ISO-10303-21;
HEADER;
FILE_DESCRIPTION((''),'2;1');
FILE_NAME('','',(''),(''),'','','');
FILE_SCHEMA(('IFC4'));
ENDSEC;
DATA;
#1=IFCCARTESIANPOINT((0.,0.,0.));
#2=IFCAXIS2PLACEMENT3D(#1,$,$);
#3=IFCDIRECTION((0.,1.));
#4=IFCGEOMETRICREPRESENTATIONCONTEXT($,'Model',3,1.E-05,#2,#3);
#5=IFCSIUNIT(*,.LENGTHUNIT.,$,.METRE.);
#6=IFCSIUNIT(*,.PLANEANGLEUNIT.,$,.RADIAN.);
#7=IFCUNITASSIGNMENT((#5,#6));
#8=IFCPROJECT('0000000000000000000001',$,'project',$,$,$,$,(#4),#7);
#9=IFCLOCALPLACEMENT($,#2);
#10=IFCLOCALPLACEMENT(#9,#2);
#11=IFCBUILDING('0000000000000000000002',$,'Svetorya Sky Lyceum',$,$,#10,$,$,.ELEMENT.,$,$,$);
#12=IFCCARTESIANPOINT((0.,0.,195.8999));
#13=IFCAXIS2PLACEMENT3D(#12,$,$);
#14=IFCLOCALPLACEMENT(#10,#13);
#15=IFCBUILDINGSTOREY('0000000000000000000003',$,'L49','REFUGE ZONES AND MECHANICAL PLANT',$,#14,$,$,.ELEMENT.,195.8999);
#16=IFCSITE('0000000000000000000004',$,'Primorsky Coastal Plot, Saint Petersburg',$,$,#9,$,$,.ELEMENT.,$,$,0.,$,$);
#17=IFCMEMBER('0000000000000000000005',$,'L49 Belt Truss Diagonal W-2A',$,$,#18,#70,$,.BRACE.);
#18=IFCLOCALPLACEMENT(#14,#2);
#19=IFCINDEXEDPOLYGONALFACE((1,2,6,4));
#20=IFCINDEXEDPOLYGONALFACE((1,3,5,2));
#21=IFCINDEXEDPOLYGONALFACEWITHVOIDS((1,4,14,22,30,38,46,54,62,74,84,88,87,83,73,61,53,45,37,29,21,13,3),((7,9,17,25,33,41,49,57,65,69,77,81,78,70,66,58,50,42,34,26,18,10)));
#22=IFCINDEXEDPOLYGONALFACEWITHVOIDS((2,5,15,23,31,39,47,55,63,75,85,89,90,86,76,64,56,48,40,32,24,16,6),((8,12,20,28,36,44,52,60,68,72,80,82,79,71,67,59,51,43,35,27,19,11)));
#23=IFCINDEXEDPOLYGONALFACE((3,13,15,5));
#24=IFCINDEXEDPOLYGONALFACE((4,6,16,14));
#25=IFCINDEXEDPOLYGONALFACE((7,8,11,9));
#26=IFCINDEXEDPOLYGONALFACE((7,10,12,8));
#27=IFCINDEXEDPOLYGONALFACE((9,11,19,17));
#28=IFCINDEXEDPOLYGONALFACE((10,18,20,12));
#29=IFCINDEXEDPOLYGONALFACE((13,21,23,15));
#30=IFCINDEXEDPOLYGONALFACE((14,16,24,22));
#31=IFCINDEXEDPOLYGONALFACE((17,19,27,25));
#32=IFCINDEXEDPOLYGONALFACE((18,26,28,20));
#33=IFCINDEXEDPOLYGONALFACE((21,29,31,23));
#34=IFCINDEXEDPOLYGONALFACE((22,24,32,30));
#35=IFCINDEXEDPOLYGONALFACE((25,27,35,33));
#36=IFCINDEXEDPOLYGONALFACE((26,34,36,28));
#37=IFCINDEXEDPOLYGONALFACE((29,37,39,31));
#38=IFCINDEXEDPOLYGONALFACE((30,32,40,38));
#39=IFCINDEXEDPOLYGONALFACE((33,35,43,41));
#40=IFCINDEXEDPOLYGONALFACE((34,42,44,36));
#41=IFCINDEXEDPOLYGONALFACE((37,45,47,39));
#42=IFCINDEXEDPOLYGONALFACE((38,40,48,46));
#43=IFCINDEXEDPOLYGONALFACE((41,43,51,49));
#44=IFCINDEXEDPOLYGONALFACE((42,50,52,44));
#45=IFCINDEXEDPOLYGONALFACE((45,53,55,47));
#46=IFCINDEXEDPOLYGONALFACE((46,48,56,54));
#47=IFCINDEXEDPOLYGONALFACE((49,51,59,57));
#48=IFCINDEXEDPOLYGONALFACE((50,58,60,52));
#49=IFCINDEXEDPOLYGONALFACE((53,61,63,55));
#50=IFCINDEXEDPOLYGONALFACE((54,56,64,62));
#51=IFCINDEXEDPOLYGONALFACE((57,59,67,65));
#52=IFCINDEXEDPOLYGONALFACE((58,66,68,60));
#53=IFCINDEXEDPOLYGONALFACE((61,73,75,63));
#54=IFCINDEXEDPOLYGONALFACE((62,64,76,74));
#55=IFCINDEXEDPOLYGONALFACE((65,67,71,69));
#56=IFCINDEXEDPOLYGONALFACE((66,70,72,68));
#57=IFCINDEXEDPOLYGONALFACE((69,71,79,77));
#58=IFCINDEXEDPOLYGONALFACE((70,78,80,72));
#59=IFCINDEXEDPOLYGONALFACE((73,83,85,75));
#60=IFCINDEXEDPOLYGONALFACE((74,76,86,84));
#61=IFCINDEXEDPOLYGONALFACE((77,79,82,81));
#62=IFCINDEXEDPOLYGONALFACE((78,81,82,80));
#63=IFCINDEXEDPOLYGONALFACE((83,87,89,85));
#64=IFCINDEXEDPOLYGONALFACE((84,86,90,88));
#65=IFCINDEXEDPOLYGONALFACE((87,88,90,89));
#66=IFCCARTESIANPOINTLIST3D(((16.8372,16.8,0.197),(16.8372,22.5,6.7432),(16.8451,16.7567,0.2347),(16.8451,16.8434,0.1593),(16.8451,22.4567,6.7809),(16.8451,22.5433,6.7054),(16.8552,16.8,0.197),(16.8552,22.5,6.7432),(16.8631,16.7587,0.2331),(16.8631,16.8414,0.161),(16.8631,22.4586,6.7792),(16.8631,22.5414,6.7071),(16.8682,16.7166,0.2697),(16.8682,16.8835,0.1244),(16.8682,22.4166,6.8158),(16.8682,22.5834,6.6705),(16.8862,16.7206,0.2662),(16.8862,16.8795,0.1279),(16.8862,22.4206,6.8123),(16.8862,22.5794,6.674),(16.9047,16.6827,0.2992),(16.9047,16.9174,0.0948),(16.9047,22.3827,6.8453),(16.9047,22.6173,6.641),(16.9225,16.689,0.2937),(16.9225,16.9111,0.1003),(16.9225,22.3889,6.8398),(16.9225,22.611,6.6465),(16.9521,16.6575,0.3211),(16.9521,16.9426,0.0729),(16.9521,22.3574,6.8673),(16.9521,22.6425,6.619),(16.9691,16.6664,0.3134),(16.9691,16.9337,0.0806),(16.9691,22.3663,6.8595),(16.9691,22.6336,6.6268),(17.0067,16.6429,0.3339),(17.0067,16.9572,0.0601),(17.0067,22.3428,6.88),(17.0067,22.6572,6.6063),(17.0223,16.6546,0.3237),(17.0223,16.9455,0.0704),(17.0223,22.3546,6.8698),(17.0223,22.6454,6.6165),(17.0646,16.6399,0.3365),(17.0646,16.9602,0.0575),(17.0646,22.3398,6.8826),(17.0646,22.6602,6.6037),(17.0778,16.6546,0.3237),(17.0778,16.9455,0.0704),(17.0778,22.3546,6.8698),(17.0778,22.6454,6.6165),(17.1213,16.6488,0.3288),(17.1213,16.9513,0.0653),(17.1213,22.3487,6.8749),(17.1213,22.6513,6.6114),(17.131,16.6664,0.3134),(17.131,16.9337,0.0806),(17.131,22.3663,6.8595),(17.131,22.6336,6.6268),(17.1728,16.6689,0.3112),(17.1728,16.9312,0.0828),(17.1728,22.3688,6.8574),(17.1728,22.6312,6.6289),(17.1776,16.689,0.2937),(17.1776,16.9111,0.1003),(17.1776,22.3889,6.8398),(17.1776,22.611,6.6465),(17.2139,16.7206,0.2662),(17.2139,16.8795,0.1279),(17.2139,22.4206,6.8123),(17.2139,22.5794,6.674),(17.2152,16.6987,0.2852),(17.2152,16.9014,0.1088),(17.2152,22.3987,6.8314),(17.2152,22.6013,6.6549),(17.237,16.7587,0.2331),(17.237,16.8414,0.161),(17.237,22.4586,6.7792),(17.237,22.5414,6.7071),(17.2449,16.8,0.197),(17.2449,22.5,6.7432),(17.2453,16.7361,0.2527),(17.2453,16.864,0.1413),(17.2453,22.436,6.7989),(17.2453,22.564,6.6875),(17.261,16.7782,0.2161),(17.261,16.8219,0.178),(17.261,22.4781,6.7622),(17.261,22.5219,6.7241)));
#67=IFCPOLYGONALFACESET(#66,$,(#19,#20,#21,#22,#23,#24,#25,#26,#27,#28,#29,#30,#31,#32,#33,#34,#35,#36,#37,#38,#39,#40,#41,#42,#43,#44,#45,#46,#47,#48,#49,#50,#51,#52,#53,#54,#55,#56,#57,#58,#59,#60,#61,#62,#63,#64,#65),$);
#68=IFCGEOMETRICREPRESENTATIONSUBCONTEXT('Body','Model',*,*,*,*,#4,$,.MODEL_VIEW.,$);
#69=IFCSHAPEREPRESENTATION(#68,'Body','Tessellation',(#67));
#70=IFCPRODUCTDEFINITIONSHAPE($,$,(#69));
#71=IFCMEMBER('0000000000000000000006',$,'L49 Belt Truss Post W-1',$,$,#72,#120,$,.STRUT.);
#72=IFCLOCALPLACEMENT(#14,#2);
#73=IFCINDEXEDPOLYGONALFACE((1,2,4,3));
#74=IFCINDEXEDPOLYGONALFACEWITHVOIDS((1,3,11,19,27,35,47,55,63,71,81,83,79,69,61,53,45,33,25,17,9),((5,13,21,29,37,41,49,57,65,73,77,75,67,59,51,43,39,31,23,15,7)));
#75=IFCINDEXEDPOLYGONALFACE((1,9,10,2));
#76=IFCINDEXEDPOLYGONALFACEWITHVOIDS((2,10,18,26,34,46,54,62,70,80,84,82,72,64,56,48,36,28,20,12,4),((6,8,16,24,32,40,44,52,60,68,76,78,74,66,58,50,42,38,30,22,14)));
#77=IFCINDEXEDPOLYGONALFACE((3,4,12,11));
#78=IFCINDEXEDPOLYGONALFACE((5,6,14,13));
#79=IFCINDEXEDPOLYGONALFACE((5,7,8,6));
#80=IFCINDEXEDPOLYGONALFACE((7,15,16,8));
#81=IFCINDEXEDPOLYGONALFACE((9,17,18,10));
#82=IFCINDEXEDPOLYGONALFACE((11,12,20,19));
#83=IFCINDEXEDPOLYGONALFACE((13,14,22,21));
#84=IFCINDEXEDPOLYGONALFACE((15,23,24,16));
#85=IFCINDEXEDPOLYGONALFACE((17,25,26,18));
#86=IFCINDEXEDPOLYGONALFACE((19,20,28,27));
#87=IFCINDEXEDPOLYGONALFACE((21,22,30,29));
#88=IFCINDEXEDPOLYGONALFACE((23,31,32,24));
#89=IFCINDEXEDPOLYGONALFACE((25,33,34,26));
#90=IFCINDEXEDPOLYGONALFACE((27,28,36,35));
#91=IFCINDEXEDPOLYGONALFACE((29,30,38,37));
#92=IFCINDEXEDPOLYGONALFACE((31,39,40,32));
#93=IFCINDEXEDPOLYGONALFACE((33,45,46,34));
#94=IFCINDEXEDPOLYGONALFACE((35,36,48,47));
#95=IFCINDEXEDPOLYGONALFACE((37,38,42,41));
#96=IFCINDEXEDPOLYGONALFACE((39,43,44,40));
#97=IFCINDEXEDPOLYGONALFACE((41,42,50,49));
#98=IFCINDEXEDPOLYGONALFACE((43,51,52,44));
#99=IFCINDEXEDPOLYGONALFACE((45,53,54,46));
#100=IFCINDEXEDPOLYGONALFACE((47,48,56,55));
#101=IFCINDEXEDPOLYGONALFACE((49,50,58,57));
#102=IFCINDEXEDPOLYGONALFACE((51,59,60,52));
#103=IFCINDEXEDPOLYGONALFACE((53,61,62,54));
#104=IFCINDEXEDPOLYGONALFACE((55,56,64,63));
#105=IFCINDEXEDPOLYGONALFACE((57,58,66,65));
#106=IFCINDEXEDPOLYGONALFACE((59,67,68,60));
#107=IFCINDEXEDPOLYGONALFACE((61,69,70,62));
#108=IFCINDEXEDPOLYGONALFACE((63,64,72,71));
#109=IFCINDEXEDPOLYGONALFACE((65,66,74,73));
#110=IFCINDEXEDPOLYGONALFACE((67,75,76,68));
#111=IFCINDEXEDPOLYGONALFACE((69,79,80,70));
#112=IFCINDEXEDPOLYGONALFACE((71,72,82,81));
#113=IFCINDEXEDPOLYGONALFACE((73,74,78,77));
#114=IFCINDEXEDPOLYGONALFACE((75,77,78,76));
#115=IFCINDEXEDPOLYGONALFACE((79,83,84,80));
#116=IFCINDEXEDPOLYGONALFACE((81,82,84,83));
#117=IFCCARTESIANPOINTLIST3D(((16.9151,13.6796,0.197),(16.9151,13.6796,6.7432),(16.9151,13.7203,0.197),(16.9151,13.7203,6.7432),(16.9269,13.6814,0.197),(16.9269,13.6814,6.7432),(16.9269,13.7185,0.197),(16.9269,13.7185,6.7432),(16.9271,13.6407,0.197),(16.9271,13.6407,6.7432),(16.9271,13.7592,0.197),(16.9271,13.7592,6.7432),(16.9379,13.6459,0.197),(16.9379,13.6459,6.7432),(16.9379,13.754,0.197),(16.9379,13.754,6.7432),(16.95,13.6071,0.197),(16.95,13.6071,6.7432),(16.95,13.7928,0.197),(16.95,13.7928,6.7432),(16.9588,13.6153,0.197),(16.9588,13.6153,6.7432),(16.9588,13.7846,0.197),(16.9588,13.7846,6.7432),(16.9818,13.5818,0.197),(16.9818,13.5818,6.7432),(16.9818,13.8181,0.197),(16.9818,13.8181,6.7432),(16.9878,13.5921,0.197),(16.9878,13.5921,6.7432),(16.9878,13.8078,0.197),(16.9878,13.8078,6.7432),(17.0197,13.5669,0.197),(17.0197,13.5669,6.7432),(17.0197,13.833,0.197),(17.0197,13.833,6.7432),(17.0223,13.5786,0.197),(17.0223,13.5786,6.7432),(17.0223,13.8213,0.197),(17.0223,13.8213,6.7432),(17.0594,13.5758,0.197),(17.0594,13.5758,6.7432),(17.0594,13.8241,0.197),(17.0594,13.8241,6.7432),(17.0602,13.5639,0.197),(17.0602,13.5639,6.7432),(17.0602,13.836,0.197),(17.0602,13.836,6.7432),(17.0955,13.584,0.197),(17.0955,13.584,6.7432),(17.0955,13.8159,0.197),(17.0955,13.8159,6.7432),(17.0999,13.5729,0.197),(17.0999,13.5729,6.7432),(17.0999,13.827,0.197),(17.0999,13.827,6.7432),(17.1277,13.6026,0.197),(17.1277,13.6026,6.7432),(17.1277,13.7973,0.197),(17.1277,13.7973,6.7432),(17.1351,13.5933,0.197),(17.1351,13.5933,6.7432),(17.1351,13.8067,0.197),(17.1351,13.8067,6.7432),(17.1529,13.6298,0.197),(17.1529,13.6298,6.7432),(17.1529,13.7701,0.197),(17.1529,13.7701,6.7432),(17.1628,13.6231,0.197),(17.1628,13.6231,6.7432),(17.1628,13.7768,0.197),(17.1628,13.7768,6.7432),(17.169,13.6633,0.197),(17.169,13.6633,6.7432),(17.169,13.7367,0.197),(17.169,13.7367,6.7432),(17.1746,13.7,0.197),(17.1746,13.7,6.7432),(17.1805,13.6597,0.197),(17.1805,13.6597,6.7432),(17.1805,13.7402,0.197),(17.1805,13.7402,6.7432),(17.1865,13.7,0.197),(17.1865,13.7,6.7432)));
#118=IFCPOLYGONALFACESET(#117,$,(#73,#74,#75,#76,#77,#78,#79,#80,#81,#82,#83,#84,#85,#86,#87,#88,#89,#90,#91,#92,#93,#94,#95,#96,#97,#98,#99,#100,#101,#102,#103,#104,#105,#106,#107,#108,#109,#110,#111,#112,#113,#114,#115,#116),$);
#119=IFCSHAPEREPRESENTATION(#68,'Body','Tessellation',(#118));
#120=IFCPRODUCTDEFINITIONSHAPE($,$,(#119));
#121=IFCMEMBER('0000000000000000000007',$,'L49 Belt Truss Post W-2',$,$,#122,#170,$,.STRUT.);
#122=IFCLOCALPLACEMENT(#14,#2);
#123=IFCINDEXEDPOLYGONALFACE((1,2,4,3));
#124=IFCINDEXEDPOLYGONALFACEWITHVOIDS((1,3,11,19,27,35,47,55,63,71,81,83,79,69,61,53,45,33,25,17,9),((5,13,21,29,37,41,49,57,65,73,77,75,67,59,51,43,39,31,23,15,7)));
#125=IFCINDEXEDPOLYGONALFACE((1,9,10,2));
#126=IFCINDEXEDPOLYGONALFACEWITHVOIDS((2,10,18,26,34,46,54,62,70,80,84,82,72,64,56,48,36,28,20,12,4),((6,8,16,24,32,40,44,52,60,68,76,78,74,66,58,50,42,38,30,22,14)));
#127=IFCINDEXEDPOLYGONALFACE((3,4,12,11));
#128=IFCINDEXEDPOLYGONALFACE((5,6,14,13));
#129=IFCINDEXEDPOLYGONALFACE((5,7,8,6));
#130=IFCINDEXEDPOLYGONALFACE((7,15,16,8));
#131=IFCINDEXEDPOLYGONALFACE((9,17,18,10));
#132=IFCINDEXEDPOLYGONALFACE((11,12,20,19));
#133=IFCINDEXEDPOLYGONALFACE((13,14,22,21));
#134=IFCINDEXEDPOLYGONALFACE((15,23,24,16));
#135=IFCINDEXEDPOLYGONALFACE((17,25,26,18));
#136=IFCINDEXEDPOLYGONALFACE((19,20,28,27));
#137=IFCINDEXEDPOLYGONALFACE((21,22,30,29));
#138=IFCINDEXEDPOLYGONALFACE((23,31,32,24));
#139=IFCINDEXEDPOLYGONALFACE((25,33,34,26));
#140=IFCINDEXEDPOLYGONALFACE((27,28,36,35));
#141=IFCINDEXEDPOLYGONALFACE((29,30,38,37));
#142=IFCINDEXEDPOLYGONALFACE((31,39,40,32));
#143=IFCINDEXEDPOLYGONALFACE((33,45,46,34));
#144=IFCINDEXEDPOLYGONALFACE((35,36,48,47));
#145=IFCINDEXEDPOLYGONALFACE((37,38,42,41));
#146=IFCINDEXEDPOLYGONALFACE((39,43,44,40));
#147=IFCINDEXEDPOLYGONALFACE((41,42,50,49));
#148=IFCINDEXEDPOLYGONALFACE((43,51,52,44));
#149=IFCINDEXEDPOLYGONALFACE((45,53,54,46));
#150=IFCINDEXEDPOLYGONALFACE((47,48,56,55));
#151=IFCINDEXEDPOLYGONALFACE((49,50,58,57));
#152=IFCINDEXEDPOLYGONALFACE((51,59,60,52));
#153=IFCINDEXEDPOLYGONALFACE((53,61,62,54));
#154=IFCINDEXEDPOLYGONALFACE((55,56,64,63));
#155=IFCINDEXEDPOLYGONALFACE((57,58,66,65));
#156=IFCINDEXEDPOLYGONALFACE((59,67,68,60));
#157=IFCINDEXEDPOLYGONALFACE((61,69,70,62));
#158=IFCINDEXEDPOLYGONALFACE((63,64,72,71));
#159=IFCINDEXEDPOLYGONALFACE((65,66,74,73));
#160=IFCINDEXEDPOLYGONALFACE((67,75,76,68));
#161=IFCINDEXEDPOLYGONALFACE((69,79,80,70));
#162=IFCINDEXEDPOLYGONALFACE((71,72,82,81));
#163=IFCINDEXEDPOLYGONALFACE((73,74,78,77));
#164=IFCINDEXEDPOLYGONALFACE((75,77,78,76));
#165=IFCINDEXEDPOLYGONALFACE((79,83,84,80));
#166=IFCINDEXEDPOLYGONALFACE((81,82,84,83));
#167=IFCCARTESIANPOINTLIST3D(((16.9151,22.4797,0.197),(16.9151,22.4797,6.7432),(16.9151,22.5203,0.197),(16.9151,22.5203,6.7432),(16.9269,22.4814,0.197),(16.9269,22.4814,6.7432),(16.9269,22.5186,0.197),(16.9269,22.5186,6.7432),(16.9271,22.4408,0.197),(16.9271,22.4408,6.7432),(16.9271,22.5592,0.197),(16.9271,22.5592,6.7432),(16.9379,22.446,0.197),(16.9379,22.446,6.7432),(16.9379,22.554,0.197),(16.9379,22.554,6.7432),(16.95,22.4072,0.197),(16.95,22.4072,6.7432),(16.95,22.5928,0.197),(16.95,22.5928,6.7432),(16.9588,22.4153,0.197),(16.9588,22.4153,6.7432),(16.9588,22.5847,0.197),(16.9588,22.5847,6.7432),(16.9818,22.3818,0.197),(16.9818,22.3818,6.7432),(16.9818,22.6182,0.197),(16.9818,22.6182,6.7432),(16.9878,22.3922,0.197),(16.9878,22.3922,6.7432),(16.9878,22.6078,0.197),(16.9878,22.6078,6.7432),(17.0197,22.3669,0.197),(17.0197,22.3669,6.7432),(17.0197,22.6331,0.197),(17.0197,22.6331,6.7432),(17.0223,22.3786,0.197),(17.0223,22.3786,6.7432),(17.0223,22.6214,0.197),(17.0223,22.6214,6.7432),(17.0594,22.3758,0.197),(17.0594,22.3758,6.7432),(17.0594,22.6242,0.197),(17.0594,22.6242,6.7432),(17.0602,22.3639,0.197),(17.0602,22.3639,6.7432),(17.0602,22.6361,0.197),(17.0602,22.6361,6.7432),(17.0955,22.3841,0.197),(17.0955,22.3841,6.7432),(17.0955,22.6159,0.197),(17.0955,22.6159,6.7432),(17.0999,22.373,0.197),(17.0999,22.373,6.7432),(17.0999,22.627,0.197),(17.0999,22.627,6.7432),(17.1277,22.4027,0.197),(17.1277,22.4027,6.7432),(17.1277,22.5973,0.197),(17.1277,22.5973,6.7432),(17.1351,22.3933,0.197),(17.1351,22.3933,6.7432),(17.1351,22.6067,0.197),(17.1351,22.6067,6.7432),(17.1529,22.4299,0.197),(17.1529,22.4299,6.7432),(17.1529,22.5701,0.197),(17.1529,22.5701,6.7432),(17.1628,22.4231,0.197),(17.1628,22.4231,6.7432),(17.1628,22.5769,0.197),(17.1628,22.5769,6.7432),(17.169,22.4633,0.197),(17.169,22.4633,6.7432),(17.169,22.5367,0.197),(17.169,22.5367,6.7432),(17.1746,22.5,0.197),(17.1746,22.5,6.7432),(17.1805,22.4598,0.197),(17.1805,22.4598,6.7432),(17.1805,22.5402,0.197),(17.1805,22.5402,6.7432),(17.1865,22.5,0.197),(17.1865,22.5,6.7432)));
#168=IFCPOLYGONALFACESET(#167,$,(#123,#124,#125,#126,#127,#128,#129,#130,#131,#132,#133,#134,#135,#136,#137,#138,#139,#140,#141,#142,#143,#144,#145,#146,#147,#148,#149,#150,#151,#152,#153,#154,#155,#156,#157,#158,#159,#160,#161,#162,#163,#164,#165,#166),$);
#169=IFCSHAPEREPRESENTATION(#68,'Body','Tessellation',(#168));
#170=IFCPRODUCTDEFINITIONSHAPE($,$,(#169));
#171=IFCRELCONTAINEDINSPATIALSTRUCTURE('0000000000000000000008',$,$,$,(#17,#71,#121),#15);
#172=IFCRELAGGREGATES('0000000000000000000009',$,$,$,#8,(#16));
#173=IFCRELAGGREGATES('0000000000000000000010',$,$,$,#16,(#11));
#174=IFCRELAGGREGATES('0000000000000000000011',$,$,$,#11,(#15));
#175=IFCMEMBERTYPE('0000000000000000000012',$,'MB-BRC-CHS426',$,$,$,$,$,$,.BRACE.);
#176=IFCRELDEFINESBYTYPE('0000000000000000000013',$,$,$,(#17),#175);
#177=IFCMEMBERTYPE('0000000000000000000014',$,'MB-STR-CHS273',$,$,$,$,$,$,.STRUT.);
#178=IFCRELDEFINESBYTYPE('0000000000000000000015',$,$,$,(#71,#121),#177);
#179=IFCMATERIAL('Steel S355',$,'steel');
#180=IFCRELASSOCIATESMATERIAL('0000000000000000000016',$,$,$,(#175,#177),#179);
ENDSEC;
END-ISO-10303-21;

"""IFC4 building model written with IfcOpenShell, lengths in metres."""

from ifc_helpers import new_model, si_unit, direction, frame, origin, origin_2d, place, context, subcontext, project, spatial, hollow_circle, extrude, material, material_profile, profile_set, type_object, element, save


model = new_model("IFC4")

# Units and contexts
model_context = context("Model", 3, precision=1e-05, world=origin(), true_north=direction((0.0, 1.0)))
body_context = subcontext(model_context, "Body", "Model", "MODEL_VIEW")
ifc_project = project(units=[si_unit("LENGTHUNIT", "METRE"), si_unit("PLANEANGLEUNIT", "RADIAN")], contexts=[model_context])

# Site, building, storey
site_placement = place(None, origin())
site = spatial("IfcSite", under=ifc_project, at=site_placement, Name="Primorsky Coastal Plot, Saint Petersburg", CompositionType="ELEMENT", RefElevation=0.0)
building_placement = place(site_placement, origin())
building = spatial("IfcBuilding", under=site, at=building_placement, Name="Svetorya Sky Lyceum", CompositionType="ELEMENT")
storey_placement = place(building_placement, frame((0.0, 0.0, 195.8999)))
storey = spatial("IfcBuildingStorey", under=building, at=storey_placement, Name="L49", Description="REFUGE ZONES AND MECHANICAL PLANT", CompositionType="ELEMENT", Elevation=195.8999)

# Shared definitions
ifc_material_1 = material(Name="Steel S355", Category="steel")

# Members
ifc_material_profile_1 = material_profile(ifc_material_1, hollow_circle(Radius=0.2129, WallThickness=0.0181, at=origin_2d()), Name="CHS 426x18")
ifc_profile_set_1 = profile_set([ifc_material_profile_1], Name="Steel S355")
member_type_1 = type_object("IfcMemberType", Name="MB-BRC-CHS426", PredefinedType="BRACE", material=ifc_profile_set_1)
member_1_placement = place(storey_placement, frame((17.05, 16.8, 0.197), z_axis=(0.0, 0.656681, 0.754169), x_axis=(-1.0, 0.0, 0.0)))
element("IfcMember", 1, at=member_1_placement, inside=storey, type_object=member_type_1, Name="L49 Belt Truss Diagonal W-2A", PredefinedType="BRACE", context=body_context, shape_type="SweptSolid", body=[
    extrude(hollow_circle(Radius=0.2129, WallThickness=0.0181, at=origin_2d()), origin(), (0.0, 0.0, 1.0), 8.6799),
])
ifc_material_profile_2 = material_profile(ifc_material_1, hollow_circle(Radius=0.1365, WallThickness=0.012, at=origin_2d()), Name="CHS 273x12")
ifc_profile_set_2 = profile_set([ifc_material_profile_2], Name="Steel S355")
member_type_2 = type_object("IfcMemberType", Name="MB-STR-CHS273", PredefinedType="STRUT", material=ifc_profile_set_2)
for number, where, z_axis, x_axis, name in (
    (2, (17.05, 13.7, 0.197), (0.0, 0.0, 1.0), (1.0, 0.0, 0.0), "L49 Belt Truss Post W-1"),
    (3, (17.05, 22.5, 0.197), (0.0, 0.0, 1.0), (1.0, 0.0, 0.0), "L49 Belt Truss Post W-2"),
):
    element("IfcMember", number, at=place(storey_placement, frame(where, z_axis=z_axis, x_axis=x_axis)), inside=storey, type_object=member_type_2, Name=name, PredefinedType="STRUT", context=body_context, shape_type="SweptSolid", body=[
        extrude(hollow_circle(Radius=0.1365, WallThickness=0.012, at=origin_2d()), origin(), (0.0, 0.0, 1.0), 6.5461),
    ])

save(model, "model.ifc")
